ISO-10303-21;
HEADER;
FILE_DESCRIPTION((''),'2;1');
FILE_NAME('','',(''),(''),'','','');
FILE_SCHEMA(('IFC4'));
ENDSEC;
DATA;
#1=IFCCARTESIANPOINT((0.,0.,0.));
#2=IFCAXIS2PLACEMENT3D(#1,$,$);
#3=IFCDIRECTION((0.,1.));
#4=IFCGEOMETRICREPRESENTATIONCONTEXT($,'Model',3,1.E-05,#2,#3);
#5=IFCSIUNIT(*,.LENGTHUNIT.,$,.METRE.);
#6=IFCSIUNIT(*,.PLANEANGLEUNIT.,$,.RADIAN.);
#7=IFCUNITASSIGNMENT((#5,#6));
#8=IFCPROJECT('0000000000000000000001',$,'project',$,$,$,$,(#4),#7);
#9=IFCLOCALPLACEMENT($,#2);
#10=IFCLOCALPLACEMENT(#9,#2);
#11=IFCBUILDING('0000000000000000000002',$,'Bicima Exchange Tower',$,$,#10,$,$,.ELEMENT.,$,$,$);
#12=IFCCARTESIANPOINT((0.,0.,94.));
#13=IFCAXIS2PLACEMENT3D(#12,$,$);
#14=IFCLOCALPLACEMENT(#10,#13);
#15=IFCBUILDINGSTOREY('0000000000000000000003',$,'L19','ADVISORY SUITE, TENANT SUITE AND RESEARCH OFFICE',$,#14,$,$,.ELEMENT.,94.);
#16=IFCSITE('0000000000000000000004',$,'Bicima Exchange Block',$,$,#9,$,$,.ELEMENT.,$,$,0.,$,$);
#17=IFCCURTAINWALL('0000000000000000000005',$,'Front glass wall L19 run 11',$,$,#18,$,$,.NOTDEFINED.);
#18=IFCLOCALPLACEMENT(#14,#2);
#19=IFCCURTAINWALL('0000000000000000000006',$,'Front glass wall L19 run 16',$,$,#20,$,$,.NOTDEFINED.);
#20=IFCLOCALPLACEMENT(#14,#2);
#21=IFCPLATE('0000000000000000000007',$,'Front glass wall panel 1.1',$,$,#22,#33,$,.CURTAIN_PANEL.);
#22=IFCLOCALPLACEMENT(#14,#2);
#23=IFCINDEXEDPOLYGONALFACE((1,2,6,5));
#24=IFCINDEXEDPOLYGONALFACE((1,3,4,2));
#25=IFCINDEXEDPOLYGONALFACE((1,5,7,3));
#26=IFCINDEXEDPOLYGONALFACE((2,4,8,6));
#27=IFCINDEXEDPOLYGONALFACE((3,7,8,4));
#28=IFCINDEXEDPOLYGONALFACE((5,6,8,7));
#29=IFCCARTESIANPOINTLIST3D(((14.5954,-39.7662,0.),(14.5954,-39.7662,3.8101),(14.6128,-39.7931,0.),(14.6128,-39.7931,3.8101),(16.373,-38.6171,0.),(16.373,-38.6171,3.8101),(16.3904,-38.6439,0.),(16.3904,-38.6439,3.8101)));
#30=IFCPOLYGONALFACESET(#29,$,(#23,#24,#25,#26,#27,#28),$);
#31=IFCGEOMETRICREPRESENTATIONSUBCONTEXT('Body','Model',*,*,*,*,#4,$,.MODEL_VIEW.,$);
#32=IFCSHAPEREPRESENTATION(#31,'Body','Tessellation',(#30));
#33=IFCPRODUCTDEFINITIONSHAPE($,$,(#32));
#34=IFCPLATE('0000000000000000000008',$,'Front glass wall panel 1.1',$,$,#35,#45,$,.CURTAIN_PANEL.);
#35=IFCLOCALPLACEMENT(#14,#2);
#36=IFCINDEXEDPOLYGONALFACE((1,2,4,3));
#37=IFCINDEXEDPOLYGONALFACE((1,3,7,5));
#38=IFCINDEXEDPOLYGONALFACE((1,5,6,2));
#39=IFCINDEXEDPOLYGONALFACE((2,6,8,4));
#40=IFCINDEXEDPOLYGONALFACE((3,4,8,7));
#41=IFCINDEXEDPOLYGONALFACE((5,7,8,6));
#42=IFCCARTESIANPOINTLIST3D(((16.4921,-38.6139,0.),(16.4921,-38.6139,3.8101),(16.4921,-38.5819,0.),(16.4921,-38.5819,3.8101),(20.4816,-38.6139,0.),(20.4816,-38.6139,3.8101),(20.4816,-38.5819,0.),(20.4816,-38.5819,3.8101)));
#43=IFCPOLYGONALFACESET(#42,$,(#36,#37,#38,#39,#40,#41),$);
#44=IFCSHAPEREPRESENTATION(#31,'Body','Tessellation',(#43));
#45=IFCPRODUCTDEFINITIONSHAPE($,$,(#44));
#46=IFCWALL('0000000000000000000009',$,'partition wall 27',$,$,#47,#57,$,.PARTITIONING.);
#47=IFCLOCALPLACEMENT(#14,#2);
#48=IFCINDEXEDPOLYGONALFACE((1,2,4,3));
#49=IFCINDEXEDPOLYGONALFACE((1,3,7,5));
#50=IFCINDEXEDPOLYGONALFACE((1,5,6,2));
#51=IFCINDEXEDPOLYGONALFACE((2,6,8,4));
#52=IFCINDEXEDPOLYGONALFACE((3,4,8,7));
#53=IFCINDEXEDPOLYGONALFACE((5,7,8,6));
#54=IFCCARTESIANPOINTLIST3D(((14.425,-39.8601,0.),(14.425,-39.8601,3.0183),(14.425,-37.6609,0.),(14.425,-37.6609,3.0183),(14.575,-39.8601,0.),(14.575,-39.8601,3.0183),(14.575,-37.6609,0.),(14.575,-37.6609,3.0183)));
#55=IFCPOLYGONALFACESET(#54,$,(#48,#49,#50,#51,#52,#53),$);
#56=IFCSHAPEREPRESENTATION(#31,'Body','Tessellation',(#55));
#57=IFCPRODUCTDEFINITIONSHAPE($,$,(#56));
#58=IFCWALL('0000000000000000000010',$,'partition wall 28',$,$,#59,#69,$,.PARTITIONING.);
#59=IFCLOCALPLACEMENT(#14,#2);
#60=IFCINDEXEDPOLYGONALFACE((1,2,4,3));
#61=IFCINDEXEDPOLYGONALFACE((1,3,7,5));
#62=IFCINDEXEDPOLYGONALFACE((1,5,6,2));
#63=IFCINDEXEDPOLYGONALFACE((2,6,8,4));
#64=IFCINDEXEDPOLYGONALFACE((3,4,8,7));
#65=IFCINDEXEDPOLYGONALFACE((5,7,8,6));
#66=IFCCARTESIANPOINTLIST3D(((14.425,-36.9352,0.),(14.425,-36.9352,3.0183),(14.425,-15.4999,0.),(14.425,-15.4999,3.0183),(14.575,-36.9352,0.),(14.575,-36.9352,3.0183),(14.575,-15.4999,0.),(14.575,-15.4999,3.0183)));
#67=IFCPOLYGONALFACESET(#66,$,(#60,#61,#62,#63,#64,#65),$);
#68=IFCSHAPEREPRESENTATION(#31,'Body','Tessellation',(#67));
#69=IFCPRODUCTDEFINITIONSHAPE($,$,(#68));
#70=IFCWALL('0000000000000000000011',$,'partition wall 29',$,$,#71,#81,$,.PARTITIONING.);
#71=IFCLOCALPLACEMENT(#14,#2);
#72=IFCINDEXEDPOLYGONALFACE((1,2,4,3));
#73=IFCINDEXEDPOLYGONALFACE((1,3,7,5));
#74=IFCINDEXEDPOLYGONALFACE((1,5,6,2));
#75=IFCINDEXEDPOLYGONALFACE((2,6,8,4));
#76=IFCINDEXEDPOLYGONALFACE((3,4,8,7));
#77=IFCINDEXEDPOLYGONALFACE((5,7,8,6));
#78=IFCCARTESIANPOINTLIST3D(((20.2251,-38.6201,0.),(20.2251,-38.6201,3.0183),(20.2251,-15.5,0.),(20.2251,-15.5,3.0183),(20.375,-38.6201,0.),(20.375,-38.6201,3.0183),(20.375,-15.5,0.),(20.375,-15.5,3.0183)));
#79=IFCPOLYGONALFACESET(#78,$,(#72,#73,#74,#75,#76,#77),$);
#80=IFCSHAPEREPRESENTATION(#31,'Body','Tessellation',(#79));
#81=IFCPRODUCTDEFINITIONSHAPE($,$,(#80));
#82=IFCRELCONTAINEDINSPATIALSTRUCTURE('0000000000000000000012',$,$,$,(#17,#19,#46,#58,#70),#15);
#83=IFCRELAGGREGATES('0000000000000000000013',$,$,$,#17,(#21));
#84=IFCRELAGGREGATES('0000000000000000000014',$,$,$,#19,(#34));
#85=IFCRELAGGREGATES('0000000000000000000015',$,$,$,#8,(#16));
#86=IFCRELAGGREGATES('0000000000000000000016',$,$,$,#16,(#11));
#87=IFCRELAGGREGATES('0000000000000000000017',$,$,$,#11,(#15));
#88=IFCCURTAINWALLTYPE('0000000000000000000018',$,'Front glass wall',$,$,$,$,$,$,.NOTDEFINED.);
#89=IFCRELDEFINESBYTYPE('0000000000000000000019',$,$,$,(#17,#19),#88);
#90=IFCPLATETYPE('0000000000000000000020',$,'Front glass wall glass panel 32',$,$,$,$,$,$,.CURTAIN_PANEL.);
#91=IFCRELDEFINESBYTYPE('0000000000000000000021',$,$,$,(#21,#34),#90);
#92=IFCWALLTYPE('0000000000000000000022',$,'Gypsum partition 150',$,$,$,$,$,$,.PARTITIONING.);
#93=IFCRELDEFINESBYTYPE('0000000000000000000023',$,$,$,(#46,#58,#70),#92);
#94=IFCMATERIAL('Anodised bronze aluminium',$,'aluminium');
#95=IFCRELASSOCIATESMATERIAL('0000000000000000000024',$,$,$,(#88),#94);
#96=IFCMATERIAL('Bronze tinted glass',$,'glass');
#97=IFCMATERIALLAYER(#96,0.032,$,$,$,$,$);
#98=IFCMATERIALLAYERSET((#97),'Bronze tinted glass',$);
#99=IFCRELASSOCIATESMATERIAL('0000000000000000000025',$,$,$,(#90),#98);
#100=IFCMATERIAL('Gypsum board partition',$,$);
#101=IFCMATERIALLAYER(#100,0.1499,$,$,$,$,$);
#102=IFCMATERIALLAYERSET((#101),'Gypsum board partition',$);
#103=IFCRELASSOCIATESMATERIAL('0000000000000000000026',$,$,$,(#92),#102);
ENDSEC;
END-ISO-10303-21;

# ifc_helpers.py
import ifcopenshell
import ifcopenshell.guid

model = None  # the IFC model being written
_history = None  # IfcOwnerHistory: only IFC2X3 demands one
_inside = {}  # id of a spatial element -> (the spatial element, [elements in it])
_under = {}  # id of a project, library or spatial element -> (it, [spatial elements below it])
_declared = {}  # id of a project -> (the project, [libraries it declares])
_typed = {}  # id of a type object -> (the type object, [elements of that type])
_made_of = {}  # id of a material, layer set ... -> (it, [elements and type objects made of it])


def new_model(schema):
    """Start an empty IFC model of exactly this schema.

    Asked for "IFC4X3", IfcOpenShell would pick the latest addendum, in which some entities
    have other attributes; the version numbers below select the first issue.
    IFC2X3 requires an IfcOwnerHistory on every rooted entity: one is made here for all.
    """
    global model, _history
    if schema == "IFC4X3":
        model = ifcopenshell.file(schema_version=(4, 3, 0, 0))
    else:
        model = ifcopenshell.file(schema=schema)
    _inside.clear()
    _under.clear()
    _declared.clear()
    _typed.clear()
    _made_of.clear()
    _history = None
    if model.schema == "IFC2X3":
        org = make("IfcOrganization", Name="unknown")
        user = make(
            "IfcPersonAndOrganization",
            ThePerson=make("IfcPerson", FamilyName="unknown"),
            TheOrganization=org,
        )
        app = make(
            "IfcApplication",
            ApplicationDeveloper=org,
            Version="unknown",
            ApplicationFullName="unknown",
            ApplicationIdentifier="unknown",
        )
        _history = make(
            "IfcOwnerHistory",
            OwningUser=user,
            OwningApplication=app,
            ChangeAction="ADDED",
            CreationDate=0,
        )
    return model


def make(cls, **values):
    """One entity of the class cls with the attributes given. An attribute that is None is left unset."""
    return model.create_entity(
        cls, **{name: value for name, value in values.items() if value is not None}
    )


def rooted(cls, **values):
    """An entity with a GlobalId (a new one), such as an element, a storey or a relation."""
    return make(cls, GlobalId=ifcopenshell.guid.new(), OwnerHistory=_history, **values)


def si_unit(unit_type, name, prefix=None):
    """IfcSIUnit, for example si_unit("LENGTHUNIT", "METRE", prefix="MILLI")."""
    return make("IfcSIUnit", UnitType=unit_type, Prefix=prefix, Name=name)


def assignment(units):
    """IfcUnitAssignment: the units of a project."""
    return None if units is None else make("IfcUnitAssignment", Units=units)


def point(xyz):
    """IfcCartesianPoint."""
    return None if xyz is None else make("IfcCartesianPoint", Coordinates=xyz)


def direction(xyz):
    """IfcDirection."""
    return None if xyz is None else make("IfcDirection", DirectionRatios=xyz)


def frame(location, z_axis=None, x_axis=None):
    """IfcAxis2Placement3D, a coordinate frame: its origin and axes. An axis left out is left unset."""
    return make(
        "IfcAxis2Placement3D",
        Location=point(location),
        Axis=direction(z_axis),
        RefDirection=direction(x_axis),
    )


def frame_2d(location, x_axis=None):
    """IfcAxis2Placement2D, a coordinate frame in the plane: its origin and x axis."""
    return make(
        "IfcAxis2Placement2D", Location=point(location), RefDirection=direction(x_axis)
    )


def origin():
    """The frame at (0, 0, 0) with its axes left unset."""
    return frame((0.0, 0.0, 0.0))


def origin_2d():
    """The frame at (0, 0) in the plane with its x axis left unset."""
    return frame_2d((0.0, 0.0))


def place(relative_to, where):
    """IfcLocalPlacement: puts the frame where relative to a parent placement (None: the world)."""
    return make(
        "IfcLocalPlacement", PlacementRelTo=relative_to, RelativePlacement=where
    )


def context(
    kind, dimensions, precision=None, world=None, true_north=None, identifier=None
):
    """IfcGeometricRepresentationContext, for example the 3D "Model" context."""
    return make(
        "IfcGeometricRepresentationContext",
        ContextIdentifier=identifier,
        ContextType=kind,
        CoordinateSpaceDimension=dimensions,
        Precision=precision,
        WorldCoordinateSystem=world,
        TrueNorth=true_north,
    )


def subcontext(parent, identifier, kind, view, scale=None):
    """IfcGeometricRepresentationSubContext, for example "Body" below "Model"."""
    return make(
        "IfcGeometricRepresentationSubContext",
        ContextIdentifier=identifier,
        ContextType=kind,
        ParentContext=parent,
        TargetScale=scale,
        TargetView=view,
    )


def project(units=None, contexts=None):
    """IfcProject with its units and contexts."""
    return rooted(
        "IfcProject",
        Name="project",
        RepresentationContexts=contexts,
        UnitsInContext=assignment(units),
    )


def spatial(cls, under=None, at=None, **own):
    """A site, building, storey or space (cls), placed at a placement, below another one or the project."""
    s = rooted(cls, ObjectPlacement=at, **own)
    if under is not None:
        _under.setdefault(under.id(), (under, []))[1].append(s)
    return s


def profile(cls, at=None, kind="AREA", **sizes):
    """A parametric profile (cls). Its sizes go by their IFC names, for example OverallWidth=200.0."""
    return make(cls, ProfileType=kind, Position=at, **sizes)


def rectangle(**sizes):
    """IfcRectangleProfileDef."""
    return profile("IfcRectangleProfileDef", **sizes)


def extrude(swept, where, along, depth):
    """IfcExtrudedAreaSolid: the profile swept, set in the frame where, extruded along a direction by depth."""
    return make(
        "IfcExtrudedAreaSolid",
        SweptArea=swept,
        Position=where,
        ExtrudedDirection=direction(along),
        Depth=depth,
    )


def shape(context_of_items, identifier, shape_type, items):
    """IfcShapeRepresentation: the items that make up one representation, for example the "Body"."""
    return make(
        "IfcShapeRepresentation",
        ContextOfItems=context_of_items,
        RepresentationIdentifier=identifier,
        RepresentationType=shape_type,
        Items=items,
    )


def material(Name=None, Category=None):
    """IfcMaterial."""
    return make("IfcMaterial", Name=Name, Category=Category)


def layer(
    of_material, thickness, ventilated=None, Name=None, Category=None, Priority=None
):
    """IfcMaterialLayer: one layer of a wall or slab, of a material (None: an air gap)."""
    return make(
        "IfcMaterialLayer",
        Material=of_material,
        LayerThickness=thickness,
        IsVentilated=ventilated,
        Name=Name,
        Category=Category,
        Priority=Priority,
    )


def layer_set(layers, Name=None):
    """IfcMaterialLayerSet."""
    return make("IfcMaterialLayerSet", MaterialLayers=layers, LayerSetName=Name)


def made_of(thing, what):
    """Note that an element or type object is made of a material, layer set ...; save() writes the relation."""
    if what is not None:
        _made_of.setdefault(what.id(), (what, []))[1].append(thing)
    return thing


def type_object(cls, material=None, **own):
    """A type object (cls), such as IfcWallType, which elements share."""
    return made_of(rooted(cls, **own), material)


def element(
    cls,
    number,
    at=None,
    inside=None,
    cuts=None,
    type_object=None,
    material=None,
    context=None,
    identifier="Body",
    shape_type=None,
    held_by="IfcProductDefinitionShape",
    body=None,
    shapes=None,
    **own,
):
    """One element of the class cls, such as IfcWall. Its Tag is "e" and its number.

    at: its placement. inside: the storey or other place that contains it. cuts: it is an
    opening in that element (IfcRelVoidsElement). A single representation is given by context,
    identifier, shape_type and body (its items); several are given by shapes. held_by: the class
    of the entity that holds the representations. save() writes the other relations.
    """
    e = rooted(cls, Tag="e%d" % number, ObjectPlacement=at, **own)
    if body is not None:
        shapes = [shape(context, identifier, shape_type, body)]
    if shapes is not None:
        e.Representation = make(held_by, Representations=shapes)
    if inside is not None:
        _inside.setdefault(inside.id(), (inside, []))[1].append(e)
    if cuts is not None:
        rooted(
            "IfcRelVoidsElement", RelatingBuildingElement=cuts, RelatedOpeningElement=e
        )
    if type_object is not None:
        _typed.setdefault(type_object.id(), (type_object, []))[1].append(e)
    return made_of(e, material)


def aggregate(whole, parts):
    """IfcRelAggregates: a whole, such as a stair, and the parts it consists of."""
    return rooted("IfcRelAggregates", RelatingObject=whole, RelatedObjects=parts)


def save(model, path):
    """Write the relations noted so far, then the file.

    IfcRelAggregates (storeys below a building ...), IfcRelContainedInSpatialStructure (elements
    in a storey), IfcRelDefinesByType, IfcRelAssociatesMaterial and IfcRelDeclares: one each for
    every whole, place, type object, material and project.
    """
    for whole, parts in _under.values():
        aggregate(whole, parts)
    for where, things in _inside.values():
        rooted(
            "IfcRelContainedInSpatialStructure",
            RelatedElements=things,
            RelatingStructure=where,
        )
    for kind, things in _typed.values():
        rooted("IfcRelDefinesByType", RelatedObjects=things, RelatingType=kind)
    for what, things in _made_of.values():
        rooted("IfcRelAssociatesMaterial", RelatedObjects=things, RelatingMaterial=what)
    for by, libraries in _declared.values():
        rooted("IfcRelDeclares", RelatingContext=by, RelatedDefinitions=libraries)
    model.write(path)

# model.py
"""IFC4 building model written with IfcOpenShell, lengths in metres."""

from ifc_helpers import new_model, si_unit, direction, frame, frame_2d, origin, origin_2d, place, context, subcontext, project, spatial, rectangle, extrude, material, layer, layer_set, type_object, element, aggregate, save


model = new_model("IFC4")

# Units and contexts
model_context = context("Model", 3, precision=1e-05, world=origin(), true_north=direction((0.0, 1.0)))
body_context = subcontext(model_context, "Body", "Model", "MODEL_VIEW")
ifc_project = project(units=[si_unit("LENGTHUNIT", "METRE"), si_unit("PLANEANGLEUNIT", "RADIAN")], contexts=[model_context])

# Site, building, storey
site_placement = place(None, origin())
site = spatial("IfcSite", under=ifc_project, at=site_placement, Name="Bicima Exchange Block", CompositionType="ELEMENT", RefElevation=0.0)
building_placement = place(site_placement, origin())
building = spatial("IfcBuilding", under=site, at=building_placement, Name="Bicima Exchange Tower", CompositionType="ELEMENT")
storey_placement = place(building_placement, frame((0.0, 0.0, 94.0)))
storey = spatial("IfcBuildingStorey", under=building, at=storey_placement, Name="L19", Description="ADVISORY SUITE, TENANT SUITE AND RESEARCH OFFICE", CompositionType="ELEMENT", Elevation=94.0)

# Curtain walls
ifc_material_1 = material(Name="Anodised bronze aluminium", Category="aluminium")
curtain_wall_type = type_object("IfcCurtainWallType", Name="Front glass wall", PredefinedType="NOTDEFINED", material=ifc_material_1)
curtain_wall_1_placement = place(storey_placement, origin())
curtain_wall_1 = element("IfcCurtainWall", 1, at=curtain_wall_1_placement, inside=storey, type_object=curtain_wall_type, Name="Front glass wall L19 run 11", PredefinedType="NOTDEFINED")
curtain_wall_2_placement = place(storey_placement, origin())
curtain_wall_2 = element("IfcCurtainWall", 2, at=curtain_wall_2_placement, inside=storey, type_object=curtain_wall_type, Name="Front glass wall L19 run 16", PredefinedType="NOTDEFINED")

# Plates
ifc_material_2 = material(Name="Bronze tinted glass", Category="glass")
ifc_layer_1 = layer(ifc_material_2, 0.032)
ifc_layer_set_1 = layer_set([ifc_layer_1], Name="Bronze tinted glass")
plate_type_1 = type_object("IfcPlateType", Name="Front glass wall glass panel 32", PredefinedType="CURTAIN_PANEL", material=ifc_layer_set_1)
plate_1_placement = place(storey_placement, frame((15.4929, -39.2051, 0.0), z_axis=(0.0, 0.0, 1.0), x_axis=(0.839791, 0.542909, 0.0)))
plate_1 = element("IfcPlate", 3, at=plate_1_placement, type_object=plate_type_1, Name="Front glass wall panel 1.1", PredefinedType="CURTAIN_PANEL", context=body_context, shape_type="SweptSolid", body=[
    extrude(rectangle(XDim=2.1167, YDim=0.032, at=origin_2d()), origin(), (0.0, 0.0, 1.0), 3.8101),
])
aggregate(curtain_wall_1, [plate_1])
plate_2_placement = place(storey_placement, frame((18.4868, -38.5979, 0.0), z_axis=(0.0, 0.0, 1.0), x_axis=(1.0, 0.0, 0.0)))
plate_2 = element("IfcPlate", 4, at=plate_2_placement, type_object=plate_type_1, Name="Front glass wall panel 1.1", PredefinedType="CURTAIN_PANEL", context=body_context, shape_type="SweptSolid", body=[
    extrude(rectangle(XDim=3.9895, YDim=0.032, at=origin_2d()), origin(), (0.0, 0.0, 1.0), 3.8101),
])
aggregate(curtain_wall_2, [plate_2])

# Walls
ifc_material_3 = material(Name="Gypsum board partition")
ifc_layer_2 = layer(ifc_material_3, 0.1499)
ifc_layer_set_2 = layer_set([ifc_layer_2], Name="Gypsum board partition")
wall_type = type_object("IfcWallType", Name="Gypsum partition 150", PredefinedType="PARTITIONING", material=ifc_layer_set_2)
wall_1_placement = place(storey_placement, frame((14.5, -39.8601, 0.0), z_axis=(0.0, 0.0, 1.0), x_axis=(0.0, 1.0, 0.0)))
element("IfcWall", 5, at=wall_1_placement, inside=storey, type_object=wall_type, Name="partition wall 27", PredefinedType="PARTITIONING", context=body_context, shape_type="SweptSolid", body=[
    extrude(rectangle(XDim=2.1992, YDim=0.1499, at=frame_2d((1.0996, 0.0))), origin(), (0.0, 0.0, 1.0), 3.0183),
])
wall_2_placement = place(storey_placement, frame((14.5, -36.9353, 0.0), z_axis=(0.0, 0.0, 1.0), x_axis=(0.0, 1.0, 0.0)))
element("IfcWall", 6, at=wall_2_placement, inside=storey, type_object=wall_type, Name="partition wall 28", PredefinedType="PARTITIONING", context=body_context, shape_type="SweptSolid", body=[
    extrude(rectangle(XDim=21.4353, YDim=0.1499, at=frame_2d((10.7178, 0.0))), origin(), (0.0, 0.0, 1.0), 3.0183),
])
wall_3_placement = place(storey_placement, frame((20.3, -38.6201, 0.0), z_axis=(0.0, 0.0, 1.0), x_axis=(0.0, 1.0, 0.0)))
element("IfcWall", 7, at=wall_3_placement, inside=storey, type_object=wall_type, Name="partition wall 29", PredefinedType="PARTITIONING", context=body_context, shape_type="SweptSolid", body=[
    extrude(rectangle(XDim=23.1201, YDim=0.1499, at=frame_2d((11.5601, 0.0))), origin(), (0.0, 0.0, 1.0), 3.0183),
])

save(model, "model.ifc")
